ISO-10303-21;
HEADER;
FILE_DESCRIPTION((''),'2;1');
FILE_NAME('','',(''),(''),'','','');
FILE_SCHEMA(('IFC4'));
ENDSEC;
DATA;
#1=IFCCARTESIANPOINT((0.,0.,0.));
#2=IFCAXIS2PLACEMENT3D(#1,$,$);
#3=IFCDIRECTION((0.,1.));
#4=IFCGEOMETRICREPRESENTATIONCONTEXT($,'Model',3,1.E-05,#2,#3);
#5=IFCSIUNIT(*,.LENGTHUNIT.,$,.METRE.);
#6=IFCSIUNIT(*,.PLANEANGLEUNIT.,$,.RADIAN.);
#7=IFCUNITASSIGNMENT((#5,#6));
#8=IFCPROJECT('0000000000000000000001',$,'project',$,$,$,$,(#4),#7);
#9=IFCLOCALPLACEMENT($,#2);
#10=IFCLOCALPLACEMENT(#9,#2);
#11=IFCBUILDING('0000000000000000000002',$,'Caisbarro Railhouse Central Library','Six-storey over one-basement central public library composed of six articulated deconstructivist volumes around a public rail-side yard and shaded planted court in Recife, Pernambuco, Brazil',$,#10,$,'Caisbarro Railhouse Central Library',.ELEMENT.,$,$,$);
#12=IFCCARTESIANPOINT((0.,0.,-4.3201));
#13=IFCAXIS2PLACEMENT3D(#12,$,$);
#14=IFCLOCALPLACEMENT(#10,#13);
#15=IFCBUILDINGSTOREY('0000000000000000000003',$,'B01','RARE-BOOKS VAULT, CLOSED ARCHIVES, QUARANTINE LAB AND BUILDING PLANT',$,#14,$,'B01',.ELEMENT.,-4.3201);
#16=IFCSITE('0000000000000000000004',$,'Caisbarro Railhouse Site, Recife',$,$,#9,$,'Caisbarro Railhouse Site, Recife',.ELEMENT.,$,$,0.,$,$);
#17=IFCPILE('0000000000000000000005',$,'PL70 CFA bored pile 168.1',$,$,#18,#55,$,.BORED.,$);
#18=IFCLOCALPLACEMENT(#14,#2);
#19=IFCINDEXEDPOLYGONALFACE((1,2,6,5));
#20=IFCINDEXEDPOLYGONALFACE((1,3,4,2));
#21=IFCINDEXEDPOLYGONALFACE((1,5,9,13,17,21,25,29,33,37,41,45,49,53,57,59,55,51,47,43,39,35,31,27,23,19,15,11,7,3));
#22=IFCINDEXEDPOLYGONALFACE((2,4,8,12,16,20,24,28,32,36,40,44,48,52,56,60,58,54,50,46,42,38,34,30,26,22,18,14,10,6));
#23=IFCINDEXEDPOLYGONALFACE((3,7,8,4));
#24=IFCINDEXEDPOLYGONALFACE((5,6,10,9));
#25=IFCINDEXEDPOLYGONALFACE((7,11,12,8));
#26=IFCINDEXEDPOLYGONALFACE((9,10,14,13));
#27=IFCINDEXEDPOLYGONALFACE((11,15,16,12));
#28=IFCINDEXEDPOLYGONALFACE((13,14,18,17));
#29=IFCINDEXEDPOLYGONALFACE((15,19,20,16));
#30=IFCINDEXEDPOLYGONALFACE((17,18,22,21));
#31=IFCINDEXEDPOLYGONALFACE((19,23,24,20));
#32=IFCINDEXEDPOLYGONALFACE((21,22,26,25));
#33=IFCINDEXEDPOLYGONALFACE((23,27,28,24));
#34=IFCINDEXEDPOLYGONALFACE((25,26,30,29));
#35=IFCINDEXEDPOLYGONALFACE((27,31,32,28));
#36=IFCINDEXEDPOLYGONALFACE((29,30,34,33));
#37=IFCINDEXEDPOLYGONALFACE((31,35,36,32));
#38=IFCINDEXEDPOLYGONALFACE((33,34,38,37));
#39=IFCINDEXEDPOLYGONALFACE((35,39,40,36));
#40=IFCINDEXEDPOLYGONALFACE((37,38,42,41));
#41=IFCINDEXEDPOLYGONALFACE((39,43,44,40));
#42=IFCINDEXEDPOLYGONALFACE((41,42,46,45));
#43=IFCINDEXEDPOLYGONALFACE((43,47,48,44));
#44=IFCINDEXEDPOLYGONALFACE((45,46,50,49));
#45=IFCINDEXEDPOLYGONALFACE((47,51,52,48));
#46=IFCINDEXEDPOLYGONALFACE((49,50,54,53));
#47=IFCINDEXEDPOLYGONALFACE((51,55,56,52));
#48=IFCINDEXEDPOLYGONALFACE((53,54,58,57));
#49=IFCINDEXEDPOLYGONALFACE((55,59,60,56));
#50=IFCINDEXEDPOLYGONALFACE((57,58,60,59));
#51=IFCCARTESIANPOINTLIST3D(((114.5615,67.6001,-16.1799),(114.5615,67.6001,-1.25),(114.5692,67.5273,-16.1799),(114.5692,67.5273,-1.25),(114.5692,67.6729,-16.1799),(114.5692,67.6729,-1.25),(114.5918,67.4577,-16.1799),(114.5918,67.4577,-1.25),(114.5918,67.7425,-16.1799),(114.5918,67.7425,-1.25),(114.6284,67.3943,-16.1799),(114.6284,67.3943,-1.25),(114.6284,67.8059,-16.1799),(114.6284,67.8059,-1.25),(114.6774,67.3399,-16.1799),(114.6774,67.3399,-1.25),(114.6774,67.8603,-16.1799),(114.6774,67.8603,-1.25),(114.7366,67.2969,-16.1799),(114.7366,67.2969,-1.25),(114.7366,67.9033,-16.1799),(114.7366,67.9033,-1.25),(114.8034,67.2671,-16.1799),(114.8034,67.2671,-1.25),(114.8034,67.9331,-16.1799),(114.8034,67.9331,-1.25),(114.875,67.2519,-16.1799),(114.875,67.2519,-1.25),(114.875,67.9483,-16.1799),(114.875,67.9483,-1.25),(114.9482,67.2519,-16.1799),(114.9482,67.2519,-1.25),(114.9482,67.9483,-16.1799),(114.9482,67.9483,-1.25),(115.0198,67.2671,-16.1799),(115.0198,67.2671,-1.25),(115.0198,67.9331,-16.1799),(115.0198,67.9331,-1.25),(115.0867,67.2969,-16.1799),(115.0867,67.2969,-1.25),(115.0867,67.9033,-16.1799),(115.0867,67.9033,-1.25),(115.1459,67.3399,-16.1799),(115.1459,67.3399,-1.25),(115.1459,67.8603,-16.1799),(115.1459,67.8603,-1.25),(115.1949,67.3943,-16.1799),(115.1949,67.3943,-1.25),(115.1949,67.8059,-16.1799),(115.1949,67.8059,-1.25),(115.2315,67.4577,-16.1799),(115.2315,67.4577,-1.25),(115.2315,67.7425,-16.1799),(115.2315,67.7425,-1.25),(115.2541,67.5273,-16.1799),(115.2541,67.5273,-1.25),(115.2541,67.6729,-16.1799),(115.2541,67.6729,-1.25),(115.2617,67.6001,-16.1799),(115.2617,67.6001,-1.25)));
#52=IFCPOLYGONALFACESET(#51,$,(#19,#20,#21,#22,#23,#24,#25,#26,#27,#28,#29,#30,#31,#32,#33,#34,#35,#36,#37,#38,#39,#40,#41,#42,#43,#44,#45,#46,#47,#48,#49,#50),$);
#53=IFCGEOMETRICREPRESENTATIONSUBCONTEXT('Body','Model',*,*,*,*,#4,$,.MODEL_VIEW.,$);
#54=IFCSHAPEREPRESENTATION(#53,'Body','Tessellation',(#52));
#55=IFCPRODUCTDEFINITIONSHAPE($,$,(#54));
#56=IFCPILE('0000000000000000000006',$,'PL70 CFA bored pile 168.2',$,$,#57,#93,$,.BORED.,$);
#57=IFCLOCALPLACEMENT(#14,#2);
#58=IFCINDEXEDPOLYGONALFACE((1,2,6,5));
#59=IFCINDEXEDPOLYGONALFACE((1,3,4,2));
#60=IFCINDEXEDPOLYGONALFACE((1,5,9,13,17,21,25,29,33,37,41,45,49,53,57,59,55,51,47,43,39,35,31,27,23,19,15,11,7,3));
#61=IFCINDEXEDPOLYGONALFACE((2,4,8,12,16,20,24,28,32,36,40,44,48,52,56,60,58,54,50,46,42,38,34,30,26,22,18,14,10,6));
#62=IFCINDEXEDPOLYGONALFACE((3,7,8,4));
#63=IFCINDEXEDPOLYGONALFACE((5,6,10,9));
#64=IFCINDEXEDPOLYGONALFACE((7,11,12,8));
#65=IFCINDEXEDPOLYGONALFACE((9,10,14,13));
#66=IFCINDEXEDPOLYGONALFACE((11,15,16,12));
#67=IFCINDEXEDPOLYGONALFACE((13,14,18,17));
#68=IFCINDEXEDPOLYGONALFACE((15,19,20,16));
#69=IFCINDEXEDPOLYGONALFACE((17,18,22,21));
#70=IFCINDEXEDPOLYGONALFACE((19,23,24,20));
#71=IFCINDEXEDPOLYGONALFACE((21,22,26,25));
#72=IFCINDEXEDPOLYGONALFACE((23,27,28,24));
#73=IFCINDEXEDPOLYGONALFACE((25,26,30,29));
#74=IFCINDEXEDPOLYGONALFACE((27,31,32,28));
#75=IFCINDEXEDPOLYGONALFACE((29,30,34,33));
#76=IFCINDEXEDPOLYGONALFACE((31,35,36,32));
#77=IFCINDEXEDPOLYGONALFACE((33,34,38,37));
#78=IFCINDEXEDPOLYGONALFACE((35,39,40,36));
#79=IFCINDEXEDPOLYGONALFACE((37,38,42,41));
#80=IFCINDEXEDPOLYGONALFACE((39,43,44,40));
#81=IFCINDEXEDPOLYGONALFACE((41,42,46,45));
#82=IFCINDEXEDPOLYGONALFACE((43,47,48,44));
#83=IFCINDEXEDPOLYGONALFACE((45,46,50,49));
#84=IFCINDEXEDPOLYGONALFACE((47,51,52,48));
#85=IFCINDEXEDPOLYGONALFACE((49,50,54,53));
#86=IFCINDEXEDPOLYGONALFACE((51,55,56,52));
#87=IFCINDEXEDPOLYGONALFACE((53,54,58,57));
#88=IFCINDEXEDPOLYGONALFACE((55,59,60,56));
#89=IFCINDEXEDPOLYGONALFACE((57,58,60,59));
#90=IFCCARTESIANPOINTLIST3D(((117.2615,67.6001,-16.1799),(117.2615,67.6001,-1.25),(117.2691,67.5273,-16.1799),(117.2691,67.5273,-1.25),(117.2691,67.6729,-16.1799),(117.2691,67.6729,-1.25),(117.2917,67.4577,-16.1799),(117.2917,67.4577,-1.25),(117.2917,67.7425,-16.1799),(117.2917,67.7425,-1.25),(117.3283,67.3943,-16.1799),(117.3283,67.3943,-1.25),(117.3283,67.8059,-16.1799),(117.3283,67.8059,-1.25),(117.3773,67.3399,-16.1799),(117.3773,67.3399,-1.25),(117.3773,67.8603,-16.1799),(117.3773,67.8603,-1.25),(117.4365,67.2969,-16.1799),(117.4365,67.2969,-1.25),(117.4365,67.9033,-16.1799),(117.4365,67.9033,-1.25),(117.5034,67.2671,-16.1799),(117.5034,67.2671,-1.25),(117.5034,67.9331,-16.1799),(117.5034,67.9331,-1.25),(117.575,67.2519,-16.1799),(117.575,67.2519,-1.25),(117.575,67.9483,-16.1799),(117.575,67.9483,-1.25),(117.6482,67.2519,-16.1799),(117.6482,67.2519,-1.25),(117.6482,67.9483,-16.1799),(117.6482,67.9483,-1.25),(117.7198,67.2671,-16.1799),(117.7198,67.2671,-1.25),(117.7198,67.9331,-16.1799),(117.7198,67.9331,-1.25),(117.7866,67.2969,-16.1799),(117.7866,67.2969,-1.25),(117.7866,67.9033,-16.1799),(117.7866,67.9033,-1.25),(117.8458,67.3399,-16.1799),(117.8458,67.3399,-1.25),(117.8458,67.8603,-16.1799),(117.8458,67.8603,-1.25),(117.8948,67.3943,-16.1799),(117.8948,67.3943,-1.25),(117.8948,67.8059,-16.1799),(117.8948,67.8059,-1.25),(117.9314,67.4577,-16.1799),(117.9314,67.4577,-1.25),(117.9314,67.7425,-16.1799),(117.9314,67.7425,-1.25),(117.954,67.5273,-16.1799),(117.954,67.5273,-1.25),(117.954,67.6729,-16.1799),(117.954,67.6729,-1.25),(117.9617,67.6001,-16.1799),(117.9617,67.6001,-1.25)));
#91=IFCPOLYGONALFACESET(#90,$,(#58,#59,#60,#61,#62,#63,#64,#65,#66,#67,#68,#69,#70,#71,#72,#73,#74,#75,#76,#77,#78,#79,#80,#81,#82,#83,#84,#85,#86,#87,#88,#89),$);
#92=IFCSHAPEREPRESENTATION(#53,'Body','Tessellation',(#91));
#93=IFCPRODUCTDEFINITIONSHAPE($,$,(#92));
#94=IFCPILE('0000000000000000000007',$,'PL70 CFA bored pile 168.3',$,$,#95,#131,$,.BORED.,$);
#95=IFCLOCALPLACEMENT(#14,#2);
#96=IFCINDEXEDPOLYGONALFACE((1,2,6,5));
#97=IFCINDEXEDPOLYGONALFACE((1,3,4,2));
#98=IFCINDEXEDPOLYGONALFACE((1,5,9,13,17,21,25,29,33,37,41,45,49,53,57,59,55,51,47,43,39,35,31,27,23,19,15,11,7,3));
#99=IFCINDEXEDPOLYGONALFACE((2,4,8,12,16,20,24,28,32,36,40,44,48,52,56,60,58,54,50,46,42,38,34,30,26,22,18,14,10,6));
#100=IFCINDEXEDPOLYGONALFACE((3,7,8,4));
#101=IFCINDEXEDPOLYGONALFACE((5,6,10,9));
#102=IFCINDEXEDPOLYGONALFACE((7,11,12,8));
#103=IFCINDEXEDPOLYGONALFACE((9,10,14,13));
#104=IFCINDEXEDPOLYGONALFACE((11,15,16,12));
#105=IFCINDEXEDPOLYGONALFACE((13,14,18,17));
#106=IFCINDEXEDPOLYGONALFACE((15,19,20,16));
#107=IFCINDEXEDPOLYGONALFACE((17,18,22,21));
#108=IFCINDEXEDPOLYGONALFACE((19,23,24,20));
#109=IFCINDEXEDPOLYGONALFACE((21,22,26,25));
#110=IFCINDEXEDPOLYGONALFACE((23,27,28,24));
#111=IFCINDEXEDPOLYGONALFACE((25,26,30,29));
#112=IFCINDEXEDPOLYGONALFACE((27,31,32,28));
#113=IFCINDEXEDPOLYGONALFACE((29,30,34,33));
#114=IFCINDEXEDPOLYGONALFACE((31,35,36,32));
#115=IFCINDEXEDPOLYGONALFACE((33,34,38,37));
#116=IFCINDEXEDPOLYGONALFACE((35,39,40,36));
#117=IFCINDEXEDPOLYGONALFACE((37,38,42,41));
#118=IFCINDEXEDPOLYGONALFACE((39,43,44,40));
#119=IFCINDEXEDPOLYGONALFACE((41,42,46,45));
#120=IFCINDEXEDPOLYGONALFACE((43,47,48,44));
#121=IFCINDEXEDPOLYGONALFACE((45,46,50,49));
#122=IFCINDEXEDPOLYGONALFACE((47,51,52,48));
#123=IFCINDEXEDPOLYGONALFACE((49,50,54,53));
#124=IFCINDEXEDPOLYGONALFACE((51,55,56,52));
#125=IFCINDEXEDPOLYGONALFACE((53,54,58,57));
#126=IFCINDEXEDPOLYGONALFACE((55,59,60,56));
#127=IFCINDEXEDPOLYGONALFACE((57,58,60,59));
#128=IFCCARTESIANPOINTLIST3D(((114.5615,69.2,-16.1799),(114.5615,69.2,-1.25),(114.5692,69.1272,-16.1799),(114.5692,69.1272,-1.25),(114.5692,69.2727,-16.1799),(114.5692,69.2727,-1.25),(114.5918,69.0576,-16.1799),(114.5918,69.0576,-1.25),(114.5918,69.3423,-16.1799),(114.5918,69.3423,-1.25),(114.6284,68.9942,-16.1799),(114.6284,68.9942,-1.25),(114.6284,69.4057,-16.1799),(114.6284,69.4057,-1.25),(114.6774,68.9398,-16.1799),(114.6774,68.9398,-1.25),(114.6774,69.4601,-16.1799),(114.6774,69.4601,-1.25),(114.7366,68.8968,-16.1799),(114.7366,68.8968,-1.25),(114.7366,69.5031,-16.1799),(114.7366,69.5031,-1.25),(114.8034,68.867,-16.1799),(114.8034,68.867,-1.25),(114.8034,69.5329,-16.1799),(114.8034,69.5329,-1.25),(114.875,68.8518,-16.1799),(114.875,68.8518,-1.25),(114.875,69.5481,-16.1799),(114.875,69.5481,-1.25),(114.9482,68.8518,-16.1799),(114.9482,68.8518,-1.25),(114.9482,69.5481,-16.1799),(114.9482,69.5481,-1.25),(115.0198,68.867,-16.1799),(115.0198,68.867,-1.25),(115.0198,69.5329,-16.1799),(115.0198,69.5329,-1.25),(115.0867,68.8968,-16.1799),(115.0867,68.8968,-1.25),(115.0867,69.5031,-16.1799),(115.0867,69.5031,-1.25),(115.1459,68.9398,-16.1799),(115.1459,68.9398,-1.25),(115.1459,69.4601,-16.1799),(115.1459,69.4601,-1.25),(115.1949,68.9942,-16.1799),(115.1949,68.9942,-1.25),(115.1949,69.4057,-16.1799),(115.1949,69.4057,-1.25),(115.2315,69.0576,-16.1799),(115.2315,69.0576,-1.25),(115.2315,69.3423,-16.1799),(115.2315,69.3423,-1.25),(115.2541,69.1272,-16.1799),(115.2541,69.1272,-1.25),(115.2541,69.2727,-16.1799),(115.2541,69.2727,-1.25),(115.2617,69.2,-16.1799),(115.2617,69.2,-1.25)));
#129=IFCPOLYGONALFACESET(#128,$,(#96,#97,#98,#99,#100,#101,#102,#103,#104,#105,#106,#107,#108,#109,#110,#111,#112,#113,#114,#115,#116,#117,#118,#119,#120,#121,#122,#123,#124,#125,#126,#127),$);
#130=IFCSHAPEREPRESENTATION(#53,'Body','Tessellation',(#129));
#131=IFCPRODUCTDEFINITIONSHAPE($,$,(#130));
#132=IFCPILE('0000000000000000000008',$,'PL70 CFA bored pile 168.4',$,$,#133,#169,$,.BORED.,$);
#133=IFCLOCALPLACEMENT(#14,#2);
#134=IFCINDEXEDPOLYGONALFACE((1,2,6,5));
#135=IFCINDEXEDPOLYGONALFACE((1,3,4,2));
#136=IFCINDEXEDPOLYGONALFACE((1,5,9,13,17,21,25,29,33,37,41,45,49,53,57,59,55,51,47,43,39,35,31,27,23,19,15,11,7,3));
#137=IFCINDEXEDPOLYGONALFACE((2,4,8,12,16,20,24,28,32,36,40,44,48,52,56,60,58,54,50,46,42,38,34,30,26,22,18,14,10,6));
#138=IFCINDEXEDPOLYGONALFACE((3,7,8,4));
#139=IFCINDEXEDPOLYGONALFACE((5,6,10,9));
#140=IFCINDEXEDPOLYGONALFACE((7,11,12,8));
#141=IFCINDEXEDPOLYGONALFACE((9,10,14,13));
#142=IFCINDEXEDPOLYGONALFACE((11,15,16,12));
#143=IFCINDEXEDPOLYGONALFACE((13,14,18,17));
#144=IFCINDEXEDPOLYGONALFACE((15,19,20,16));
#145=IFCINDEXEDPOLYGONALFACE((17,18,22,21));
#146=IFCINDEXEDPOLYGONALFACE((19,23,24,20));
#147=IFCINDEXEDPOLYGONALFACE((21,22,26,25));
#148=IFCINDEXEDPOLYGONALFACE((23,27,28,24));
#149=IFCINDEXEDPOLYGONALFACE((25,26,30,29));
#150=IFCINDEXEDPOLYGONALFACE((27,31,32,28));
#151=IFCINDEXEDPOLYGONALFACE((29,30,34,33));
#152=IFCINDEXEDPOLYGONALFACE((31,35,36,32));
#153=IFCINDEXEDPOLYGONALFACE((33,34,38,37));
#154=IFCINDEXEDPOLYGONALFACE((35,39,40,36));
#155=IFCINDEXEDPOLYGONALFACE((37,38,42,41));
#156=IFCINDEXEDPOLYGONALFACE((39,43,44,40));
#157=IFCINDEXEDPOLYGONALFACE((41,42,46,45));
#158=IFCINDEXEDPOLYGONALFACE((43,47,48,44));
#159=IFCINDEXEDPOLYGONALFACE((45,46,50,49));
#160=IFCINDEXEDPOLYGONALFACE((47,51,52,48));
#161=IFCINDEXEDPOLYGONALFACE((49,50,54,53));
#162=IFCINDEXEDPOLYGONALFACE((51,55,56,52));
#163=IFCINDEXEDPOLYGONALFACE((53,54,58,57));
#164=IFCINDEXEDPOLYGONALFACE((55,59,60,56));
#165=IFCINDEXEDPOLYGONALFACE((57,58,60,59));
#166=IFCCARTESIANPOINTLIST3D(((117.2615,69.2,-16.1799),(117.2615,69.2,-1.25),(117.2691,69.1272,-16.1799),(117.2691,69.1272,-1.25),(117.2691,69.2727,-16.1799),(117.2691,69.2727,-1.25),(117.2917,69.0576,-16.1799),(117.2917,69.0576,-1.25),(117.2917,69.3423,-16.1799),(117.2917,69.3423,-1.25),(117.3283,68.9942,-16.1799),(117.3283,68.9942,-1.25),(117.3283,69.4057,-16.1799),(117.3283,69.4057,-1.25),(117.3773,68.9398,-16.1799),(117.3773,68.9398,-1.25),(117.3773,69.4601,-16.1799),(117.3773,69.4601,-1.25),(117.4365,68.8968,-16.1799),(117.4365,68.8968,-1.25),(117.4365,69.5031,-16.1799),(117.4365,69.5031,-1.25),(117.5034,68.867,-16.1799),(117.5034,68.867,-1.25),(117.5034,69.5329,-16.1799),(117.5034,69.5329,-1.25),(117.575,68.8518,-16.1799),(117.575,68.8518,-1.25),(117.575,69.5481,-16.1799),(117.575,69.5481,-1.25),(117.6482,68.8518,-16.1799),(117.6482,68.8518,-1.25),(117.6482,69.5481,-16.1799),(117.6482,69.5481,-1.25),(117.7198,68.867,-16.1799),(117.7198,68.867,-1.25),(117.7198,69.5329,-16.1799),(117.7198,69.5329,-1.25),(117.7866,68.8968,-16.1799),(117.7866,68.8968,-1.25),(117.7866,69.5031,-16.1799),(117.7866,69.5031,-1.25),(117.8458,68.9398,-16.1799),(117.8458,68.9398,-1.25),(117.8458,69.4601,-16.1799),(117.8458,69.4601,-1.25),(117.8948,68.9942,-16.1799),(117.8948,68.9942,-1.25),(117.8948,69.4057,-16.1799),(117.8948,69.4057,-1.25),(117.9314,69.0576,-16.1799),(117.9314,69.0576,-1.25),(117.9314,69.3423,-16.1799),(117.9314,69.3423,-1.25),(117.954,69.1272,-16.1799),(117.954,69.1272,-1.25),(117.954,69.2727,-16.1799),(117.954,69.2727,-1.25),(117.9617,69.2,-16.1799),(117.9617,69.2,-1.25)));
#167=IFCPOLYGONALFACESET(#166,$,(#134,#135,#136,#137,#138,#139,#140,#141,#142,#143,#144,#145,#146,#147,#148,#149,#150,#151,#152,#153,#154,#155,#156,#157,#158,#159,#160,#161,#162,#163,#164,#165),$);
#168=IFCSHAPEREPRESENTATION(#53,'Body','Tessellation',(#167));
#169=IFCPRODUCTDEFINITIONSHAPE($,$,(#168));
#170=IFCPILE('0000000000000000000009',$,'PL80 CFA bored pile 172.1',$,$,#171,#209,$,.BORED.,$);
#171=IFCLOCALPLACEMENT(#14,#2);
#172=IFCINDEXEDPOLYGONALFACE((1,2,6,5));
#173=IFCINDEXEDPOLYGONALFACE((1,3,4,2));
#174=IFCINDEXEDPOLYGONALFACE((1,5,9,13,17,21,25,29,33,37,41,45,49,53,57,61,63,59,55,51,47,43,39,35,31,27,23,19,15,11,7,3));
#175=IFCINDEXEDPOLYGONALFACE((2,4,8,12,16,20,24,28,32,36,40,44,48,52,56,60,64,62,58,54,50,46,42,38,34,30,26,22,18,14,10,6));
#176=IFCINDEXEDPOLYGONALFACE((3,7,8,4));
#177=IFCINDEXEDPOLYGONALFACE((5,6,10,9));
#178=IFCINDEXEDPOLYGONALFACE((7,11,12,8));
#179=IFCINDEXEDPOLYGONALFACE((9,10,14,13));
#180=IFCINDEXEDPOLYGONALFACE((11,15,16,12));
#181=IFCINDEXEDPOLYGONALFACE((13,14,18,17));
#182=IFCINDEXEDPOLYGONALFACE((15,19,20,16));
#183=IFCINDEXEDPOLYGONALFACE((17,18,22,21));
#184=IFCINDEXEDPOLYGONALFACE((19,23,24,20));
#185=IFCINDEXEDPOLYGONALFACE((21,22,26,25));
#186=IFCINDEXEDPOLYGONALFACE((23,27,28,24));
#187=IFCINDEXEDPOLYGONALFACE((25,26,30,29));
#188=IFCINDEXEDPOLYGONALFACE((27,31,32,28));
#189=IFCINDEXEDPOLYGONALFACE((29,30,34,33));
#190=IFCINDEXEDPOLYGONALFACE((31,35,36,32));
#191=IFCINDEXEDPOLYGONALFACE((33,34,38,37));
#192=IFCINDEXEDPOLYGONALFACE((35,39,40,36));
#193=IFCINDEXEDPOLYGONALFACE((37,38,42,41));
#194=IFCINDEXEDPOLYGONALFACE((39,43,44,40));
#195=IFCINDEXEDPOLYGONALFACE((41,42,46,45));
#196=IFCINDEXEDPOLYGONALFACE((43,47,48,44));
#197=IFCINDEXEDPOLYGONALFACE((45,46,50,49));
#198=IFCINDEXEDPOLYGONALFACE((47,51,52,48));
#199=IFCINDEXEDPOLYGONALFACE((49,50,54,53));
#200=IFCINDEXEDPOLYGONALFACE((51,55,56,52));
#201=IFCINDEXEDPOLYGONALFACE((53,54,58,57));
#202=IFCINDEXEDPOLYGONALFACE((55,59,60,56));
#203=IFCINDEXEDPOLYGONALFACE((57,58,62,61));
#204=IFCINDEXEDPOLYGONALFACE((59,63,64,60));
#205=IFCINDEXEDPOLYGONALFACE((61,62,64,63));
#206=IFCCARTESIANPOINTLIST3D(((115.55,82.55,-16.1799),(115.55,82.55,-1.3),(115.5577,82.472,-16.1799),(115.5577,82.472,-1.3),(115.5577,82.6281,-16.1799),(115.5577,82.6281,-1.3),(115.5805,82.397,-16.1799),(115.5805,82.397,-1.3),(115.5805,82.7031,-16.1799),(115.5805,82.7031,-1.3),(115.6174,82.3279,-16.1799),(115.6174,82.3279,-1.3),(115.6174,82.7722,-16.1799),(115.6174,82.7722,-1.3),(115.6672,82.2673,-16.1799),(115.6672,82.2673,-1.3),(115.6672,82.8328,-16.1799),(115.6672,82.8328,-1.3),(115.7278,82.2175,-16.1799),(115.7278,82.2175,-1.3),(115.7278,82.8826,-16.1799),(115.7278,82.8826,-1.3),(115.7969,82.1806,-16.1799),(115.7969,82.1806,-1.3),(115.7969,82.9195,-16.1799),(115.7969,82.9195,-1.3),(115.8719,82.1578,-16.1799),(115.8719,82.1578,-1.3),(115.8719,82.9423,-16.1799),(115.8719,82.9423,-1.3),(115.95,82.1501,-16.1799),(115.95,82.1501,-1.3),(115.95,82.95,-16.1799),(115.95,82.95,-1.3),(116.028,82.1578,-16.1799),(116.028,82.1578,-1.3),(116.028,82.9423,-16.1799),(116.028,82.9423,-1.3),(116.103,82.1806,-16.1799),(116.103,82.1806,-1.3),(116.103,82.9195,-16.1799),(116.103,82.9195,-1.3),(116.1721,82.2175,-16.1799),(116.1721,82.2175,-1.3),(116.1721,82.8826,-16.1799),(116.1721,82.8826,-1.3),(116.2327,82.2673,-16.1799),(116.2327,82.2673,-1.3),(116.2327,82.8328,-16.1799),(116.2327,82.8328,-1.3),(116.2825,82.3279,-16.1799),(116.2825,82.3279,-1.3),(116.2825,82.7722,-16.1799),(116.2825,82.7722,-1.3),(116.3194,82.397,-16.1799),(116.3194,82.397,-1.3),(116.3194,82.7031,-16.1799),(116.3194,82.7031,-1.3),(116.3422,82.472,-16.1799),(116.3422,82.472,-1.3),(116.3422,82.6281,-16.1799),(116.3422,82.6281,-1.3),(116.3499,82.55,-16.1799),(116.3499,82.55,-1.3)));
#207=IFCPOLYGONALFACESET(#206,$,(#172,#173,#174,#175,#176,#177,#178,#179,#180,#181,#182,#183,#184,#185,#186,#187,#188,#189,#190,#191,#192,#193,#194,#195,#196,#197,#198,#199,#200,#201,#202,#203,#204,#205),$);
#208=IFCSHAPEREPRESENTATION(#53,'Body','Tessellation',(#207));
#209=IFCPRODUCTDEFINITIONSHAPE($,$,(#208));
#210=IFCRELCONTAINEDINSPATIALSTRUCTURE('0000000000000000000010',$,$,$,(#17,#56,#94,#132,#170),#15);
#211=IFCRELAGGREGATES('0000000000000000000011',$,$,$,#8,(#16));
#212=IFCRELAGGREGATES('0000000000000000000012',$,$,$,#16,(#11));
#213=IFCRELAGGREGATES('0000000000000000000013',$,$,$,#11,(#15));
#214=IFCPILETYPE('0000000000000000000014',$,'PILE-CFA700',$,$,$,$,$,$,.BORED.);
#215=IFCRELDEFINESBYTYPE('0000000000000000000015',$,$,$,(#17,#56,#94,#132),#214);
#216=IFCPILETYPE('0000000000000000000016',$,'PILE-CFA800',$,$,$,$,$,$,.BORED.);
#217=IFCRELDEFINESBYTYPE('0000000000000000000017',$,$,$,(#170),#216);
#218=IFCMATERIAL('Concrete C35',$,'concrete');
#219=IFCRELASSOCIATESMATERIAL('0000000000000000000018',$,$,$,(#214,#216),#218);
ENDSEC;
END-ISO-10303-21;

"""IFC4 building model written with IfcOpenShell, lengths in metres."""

from ifc_helpers import new_model, si_unit, direction, frame, origin, origin_2d, place, context, subcontext, project, spatial, circle, extrude, material, material_profile, profile_set, type_object, element, save


model = new_model("IFC4")

# Units and contexts
model_context = context("Model", 3, precision=1e-05, world=origin(), true_north=direction((0.0, 1.0)))
body_context = subcontext(model_context, "Body", "Model", "MODEL_VIEW")
ifc_project = project(units=[si_unit("LENGTHUNIT", "METRE"), si_unit("PLANEANGLEUNIT", "RADIAN")], contexts=[model_context])

# Site, building, storey
site_placement = place(None, origin())
site = spatial("IfcSite", under=ifc_project, at=site_placement, Name="Caisbarro Railhouse Site, Recife", LongName="Caisbarro Railhouse Site, Recife", CompositionType="ELEMENT", RefElevation=0.0)
building_placement = place(site_placement, origin())
building = spatial("IfcBuilding", under=site, at=building_placement, Name="Caisbarro Railhouse Central Library", Description="Six-storey over one-basement central public library composed of six articulated deconstructivist volumes around a public rail-side yard and shaded planted court in Recife, Pernambuco, Brazil", LongName="Caisbarro Railhouse Central Library", CompositionType="ELEMENT")
storey_placement = place(building_placement, frame((0.0, 0.0, -4.3201)))
storey = spatial("IfcBuildingStorey", under=building, at=storey_placement, Name="B01", Description="RARE-BOOKS VAULT, CLOSED ARCHIVES, QUARANTINE LAB AND BUILDING PLANT", LongName="B01", CompositionType="ELEMENT", Elevation=-4.3201)

# Piles
ifc_material_1 = material(Name="Concrete C35", Category="concrete")
ifc_material_profile_1 = material_profile(ifc_material_1, circle(Radius=0.3501, at=origin_2d()), Name="PILE-CFA-700")
ifc_profile_set_1 = profile_set([ifc_material_profile_1], Name="Concrete C35")
pile_type_1 = type_object("IfcPileType", Name="PILE-CFA700", PredefinedType="BORED", material=ifc_profile_set_1)
for number, where, z_axis, x_axis, name in (
    (1, (114.9116, 67.6001, -1.25), (0.0, 0.0, -1.0), (1.0, 0.0, 0.0), "PL70 CFA bored pile 168.1"),
    (2, (117.6116, 67.6001, -1.25), (0.0, 0.0, -1.0), (1.0, 0.0, 0.0), "PL70 CFA bored pile 168.2"),
    (3, (114.9116, 69.2, -1.25), (0.0, 0.0, -1.0), (1.0, 0.0, 0.0), "PL70 CFA bored pile 168.3"),
    (4, (117.6116, 69.2, -1.25), (0.0, 0.0, -1.0), (1.0, 0.0, 0.0), "PL70 CFA bored pile 168.4"),
):
    element("IfcPile", number, at=place(storey_placement, frame(where, z_axis=z_axis, x_axis=x_axis)), inside=storey, type_object=pile_type_1, Name=name, PredefinedType="BORED", context=body_context, shape_type="SweptSolid", body=[
        extrude(circle(Radius=0.3501, at=origin_2d()), origin(), (0.0, 0.0, 1.0), 14.9299),
    ])
ifc_material_profile_2 = material_profile(ifc_material_1, circle(Radius=0.3999, at=origin_2d()), Name="PILE-CFA-800")
ifc_profile_set_2 = profile_set([ifc_material_profile_2], Name="Concrete C35")
pile_type_2 = type_object("IfcPileType", Name="PILE-CFA800", PredefinedType="BORED", material=ifc_profile_set_2)
for number, where, z_axis, x_axis, name in (
    (5, (115.95, 82.55, -1.3), (0.0, 0.0, -1.0), (1.0, 0.0, 0.0), "PL80 CFA bored pile 172.1"),
):
    element("IfcPile", number, at=place(storey_placement, frame(where, z_axis=z_axis, x_axis=x_axis)), inside=storey, type_object=pile_type_2, Name=name, PredefinedType="BORED", context=body_context, shape_type="SweptSolid", body=[
        extrude(circle(Radius=0.3999, at=origin_2d()), origin(), (0.0, 0.0, 1.0), 14.8799),
    ])

save(model, "model.ifc")
